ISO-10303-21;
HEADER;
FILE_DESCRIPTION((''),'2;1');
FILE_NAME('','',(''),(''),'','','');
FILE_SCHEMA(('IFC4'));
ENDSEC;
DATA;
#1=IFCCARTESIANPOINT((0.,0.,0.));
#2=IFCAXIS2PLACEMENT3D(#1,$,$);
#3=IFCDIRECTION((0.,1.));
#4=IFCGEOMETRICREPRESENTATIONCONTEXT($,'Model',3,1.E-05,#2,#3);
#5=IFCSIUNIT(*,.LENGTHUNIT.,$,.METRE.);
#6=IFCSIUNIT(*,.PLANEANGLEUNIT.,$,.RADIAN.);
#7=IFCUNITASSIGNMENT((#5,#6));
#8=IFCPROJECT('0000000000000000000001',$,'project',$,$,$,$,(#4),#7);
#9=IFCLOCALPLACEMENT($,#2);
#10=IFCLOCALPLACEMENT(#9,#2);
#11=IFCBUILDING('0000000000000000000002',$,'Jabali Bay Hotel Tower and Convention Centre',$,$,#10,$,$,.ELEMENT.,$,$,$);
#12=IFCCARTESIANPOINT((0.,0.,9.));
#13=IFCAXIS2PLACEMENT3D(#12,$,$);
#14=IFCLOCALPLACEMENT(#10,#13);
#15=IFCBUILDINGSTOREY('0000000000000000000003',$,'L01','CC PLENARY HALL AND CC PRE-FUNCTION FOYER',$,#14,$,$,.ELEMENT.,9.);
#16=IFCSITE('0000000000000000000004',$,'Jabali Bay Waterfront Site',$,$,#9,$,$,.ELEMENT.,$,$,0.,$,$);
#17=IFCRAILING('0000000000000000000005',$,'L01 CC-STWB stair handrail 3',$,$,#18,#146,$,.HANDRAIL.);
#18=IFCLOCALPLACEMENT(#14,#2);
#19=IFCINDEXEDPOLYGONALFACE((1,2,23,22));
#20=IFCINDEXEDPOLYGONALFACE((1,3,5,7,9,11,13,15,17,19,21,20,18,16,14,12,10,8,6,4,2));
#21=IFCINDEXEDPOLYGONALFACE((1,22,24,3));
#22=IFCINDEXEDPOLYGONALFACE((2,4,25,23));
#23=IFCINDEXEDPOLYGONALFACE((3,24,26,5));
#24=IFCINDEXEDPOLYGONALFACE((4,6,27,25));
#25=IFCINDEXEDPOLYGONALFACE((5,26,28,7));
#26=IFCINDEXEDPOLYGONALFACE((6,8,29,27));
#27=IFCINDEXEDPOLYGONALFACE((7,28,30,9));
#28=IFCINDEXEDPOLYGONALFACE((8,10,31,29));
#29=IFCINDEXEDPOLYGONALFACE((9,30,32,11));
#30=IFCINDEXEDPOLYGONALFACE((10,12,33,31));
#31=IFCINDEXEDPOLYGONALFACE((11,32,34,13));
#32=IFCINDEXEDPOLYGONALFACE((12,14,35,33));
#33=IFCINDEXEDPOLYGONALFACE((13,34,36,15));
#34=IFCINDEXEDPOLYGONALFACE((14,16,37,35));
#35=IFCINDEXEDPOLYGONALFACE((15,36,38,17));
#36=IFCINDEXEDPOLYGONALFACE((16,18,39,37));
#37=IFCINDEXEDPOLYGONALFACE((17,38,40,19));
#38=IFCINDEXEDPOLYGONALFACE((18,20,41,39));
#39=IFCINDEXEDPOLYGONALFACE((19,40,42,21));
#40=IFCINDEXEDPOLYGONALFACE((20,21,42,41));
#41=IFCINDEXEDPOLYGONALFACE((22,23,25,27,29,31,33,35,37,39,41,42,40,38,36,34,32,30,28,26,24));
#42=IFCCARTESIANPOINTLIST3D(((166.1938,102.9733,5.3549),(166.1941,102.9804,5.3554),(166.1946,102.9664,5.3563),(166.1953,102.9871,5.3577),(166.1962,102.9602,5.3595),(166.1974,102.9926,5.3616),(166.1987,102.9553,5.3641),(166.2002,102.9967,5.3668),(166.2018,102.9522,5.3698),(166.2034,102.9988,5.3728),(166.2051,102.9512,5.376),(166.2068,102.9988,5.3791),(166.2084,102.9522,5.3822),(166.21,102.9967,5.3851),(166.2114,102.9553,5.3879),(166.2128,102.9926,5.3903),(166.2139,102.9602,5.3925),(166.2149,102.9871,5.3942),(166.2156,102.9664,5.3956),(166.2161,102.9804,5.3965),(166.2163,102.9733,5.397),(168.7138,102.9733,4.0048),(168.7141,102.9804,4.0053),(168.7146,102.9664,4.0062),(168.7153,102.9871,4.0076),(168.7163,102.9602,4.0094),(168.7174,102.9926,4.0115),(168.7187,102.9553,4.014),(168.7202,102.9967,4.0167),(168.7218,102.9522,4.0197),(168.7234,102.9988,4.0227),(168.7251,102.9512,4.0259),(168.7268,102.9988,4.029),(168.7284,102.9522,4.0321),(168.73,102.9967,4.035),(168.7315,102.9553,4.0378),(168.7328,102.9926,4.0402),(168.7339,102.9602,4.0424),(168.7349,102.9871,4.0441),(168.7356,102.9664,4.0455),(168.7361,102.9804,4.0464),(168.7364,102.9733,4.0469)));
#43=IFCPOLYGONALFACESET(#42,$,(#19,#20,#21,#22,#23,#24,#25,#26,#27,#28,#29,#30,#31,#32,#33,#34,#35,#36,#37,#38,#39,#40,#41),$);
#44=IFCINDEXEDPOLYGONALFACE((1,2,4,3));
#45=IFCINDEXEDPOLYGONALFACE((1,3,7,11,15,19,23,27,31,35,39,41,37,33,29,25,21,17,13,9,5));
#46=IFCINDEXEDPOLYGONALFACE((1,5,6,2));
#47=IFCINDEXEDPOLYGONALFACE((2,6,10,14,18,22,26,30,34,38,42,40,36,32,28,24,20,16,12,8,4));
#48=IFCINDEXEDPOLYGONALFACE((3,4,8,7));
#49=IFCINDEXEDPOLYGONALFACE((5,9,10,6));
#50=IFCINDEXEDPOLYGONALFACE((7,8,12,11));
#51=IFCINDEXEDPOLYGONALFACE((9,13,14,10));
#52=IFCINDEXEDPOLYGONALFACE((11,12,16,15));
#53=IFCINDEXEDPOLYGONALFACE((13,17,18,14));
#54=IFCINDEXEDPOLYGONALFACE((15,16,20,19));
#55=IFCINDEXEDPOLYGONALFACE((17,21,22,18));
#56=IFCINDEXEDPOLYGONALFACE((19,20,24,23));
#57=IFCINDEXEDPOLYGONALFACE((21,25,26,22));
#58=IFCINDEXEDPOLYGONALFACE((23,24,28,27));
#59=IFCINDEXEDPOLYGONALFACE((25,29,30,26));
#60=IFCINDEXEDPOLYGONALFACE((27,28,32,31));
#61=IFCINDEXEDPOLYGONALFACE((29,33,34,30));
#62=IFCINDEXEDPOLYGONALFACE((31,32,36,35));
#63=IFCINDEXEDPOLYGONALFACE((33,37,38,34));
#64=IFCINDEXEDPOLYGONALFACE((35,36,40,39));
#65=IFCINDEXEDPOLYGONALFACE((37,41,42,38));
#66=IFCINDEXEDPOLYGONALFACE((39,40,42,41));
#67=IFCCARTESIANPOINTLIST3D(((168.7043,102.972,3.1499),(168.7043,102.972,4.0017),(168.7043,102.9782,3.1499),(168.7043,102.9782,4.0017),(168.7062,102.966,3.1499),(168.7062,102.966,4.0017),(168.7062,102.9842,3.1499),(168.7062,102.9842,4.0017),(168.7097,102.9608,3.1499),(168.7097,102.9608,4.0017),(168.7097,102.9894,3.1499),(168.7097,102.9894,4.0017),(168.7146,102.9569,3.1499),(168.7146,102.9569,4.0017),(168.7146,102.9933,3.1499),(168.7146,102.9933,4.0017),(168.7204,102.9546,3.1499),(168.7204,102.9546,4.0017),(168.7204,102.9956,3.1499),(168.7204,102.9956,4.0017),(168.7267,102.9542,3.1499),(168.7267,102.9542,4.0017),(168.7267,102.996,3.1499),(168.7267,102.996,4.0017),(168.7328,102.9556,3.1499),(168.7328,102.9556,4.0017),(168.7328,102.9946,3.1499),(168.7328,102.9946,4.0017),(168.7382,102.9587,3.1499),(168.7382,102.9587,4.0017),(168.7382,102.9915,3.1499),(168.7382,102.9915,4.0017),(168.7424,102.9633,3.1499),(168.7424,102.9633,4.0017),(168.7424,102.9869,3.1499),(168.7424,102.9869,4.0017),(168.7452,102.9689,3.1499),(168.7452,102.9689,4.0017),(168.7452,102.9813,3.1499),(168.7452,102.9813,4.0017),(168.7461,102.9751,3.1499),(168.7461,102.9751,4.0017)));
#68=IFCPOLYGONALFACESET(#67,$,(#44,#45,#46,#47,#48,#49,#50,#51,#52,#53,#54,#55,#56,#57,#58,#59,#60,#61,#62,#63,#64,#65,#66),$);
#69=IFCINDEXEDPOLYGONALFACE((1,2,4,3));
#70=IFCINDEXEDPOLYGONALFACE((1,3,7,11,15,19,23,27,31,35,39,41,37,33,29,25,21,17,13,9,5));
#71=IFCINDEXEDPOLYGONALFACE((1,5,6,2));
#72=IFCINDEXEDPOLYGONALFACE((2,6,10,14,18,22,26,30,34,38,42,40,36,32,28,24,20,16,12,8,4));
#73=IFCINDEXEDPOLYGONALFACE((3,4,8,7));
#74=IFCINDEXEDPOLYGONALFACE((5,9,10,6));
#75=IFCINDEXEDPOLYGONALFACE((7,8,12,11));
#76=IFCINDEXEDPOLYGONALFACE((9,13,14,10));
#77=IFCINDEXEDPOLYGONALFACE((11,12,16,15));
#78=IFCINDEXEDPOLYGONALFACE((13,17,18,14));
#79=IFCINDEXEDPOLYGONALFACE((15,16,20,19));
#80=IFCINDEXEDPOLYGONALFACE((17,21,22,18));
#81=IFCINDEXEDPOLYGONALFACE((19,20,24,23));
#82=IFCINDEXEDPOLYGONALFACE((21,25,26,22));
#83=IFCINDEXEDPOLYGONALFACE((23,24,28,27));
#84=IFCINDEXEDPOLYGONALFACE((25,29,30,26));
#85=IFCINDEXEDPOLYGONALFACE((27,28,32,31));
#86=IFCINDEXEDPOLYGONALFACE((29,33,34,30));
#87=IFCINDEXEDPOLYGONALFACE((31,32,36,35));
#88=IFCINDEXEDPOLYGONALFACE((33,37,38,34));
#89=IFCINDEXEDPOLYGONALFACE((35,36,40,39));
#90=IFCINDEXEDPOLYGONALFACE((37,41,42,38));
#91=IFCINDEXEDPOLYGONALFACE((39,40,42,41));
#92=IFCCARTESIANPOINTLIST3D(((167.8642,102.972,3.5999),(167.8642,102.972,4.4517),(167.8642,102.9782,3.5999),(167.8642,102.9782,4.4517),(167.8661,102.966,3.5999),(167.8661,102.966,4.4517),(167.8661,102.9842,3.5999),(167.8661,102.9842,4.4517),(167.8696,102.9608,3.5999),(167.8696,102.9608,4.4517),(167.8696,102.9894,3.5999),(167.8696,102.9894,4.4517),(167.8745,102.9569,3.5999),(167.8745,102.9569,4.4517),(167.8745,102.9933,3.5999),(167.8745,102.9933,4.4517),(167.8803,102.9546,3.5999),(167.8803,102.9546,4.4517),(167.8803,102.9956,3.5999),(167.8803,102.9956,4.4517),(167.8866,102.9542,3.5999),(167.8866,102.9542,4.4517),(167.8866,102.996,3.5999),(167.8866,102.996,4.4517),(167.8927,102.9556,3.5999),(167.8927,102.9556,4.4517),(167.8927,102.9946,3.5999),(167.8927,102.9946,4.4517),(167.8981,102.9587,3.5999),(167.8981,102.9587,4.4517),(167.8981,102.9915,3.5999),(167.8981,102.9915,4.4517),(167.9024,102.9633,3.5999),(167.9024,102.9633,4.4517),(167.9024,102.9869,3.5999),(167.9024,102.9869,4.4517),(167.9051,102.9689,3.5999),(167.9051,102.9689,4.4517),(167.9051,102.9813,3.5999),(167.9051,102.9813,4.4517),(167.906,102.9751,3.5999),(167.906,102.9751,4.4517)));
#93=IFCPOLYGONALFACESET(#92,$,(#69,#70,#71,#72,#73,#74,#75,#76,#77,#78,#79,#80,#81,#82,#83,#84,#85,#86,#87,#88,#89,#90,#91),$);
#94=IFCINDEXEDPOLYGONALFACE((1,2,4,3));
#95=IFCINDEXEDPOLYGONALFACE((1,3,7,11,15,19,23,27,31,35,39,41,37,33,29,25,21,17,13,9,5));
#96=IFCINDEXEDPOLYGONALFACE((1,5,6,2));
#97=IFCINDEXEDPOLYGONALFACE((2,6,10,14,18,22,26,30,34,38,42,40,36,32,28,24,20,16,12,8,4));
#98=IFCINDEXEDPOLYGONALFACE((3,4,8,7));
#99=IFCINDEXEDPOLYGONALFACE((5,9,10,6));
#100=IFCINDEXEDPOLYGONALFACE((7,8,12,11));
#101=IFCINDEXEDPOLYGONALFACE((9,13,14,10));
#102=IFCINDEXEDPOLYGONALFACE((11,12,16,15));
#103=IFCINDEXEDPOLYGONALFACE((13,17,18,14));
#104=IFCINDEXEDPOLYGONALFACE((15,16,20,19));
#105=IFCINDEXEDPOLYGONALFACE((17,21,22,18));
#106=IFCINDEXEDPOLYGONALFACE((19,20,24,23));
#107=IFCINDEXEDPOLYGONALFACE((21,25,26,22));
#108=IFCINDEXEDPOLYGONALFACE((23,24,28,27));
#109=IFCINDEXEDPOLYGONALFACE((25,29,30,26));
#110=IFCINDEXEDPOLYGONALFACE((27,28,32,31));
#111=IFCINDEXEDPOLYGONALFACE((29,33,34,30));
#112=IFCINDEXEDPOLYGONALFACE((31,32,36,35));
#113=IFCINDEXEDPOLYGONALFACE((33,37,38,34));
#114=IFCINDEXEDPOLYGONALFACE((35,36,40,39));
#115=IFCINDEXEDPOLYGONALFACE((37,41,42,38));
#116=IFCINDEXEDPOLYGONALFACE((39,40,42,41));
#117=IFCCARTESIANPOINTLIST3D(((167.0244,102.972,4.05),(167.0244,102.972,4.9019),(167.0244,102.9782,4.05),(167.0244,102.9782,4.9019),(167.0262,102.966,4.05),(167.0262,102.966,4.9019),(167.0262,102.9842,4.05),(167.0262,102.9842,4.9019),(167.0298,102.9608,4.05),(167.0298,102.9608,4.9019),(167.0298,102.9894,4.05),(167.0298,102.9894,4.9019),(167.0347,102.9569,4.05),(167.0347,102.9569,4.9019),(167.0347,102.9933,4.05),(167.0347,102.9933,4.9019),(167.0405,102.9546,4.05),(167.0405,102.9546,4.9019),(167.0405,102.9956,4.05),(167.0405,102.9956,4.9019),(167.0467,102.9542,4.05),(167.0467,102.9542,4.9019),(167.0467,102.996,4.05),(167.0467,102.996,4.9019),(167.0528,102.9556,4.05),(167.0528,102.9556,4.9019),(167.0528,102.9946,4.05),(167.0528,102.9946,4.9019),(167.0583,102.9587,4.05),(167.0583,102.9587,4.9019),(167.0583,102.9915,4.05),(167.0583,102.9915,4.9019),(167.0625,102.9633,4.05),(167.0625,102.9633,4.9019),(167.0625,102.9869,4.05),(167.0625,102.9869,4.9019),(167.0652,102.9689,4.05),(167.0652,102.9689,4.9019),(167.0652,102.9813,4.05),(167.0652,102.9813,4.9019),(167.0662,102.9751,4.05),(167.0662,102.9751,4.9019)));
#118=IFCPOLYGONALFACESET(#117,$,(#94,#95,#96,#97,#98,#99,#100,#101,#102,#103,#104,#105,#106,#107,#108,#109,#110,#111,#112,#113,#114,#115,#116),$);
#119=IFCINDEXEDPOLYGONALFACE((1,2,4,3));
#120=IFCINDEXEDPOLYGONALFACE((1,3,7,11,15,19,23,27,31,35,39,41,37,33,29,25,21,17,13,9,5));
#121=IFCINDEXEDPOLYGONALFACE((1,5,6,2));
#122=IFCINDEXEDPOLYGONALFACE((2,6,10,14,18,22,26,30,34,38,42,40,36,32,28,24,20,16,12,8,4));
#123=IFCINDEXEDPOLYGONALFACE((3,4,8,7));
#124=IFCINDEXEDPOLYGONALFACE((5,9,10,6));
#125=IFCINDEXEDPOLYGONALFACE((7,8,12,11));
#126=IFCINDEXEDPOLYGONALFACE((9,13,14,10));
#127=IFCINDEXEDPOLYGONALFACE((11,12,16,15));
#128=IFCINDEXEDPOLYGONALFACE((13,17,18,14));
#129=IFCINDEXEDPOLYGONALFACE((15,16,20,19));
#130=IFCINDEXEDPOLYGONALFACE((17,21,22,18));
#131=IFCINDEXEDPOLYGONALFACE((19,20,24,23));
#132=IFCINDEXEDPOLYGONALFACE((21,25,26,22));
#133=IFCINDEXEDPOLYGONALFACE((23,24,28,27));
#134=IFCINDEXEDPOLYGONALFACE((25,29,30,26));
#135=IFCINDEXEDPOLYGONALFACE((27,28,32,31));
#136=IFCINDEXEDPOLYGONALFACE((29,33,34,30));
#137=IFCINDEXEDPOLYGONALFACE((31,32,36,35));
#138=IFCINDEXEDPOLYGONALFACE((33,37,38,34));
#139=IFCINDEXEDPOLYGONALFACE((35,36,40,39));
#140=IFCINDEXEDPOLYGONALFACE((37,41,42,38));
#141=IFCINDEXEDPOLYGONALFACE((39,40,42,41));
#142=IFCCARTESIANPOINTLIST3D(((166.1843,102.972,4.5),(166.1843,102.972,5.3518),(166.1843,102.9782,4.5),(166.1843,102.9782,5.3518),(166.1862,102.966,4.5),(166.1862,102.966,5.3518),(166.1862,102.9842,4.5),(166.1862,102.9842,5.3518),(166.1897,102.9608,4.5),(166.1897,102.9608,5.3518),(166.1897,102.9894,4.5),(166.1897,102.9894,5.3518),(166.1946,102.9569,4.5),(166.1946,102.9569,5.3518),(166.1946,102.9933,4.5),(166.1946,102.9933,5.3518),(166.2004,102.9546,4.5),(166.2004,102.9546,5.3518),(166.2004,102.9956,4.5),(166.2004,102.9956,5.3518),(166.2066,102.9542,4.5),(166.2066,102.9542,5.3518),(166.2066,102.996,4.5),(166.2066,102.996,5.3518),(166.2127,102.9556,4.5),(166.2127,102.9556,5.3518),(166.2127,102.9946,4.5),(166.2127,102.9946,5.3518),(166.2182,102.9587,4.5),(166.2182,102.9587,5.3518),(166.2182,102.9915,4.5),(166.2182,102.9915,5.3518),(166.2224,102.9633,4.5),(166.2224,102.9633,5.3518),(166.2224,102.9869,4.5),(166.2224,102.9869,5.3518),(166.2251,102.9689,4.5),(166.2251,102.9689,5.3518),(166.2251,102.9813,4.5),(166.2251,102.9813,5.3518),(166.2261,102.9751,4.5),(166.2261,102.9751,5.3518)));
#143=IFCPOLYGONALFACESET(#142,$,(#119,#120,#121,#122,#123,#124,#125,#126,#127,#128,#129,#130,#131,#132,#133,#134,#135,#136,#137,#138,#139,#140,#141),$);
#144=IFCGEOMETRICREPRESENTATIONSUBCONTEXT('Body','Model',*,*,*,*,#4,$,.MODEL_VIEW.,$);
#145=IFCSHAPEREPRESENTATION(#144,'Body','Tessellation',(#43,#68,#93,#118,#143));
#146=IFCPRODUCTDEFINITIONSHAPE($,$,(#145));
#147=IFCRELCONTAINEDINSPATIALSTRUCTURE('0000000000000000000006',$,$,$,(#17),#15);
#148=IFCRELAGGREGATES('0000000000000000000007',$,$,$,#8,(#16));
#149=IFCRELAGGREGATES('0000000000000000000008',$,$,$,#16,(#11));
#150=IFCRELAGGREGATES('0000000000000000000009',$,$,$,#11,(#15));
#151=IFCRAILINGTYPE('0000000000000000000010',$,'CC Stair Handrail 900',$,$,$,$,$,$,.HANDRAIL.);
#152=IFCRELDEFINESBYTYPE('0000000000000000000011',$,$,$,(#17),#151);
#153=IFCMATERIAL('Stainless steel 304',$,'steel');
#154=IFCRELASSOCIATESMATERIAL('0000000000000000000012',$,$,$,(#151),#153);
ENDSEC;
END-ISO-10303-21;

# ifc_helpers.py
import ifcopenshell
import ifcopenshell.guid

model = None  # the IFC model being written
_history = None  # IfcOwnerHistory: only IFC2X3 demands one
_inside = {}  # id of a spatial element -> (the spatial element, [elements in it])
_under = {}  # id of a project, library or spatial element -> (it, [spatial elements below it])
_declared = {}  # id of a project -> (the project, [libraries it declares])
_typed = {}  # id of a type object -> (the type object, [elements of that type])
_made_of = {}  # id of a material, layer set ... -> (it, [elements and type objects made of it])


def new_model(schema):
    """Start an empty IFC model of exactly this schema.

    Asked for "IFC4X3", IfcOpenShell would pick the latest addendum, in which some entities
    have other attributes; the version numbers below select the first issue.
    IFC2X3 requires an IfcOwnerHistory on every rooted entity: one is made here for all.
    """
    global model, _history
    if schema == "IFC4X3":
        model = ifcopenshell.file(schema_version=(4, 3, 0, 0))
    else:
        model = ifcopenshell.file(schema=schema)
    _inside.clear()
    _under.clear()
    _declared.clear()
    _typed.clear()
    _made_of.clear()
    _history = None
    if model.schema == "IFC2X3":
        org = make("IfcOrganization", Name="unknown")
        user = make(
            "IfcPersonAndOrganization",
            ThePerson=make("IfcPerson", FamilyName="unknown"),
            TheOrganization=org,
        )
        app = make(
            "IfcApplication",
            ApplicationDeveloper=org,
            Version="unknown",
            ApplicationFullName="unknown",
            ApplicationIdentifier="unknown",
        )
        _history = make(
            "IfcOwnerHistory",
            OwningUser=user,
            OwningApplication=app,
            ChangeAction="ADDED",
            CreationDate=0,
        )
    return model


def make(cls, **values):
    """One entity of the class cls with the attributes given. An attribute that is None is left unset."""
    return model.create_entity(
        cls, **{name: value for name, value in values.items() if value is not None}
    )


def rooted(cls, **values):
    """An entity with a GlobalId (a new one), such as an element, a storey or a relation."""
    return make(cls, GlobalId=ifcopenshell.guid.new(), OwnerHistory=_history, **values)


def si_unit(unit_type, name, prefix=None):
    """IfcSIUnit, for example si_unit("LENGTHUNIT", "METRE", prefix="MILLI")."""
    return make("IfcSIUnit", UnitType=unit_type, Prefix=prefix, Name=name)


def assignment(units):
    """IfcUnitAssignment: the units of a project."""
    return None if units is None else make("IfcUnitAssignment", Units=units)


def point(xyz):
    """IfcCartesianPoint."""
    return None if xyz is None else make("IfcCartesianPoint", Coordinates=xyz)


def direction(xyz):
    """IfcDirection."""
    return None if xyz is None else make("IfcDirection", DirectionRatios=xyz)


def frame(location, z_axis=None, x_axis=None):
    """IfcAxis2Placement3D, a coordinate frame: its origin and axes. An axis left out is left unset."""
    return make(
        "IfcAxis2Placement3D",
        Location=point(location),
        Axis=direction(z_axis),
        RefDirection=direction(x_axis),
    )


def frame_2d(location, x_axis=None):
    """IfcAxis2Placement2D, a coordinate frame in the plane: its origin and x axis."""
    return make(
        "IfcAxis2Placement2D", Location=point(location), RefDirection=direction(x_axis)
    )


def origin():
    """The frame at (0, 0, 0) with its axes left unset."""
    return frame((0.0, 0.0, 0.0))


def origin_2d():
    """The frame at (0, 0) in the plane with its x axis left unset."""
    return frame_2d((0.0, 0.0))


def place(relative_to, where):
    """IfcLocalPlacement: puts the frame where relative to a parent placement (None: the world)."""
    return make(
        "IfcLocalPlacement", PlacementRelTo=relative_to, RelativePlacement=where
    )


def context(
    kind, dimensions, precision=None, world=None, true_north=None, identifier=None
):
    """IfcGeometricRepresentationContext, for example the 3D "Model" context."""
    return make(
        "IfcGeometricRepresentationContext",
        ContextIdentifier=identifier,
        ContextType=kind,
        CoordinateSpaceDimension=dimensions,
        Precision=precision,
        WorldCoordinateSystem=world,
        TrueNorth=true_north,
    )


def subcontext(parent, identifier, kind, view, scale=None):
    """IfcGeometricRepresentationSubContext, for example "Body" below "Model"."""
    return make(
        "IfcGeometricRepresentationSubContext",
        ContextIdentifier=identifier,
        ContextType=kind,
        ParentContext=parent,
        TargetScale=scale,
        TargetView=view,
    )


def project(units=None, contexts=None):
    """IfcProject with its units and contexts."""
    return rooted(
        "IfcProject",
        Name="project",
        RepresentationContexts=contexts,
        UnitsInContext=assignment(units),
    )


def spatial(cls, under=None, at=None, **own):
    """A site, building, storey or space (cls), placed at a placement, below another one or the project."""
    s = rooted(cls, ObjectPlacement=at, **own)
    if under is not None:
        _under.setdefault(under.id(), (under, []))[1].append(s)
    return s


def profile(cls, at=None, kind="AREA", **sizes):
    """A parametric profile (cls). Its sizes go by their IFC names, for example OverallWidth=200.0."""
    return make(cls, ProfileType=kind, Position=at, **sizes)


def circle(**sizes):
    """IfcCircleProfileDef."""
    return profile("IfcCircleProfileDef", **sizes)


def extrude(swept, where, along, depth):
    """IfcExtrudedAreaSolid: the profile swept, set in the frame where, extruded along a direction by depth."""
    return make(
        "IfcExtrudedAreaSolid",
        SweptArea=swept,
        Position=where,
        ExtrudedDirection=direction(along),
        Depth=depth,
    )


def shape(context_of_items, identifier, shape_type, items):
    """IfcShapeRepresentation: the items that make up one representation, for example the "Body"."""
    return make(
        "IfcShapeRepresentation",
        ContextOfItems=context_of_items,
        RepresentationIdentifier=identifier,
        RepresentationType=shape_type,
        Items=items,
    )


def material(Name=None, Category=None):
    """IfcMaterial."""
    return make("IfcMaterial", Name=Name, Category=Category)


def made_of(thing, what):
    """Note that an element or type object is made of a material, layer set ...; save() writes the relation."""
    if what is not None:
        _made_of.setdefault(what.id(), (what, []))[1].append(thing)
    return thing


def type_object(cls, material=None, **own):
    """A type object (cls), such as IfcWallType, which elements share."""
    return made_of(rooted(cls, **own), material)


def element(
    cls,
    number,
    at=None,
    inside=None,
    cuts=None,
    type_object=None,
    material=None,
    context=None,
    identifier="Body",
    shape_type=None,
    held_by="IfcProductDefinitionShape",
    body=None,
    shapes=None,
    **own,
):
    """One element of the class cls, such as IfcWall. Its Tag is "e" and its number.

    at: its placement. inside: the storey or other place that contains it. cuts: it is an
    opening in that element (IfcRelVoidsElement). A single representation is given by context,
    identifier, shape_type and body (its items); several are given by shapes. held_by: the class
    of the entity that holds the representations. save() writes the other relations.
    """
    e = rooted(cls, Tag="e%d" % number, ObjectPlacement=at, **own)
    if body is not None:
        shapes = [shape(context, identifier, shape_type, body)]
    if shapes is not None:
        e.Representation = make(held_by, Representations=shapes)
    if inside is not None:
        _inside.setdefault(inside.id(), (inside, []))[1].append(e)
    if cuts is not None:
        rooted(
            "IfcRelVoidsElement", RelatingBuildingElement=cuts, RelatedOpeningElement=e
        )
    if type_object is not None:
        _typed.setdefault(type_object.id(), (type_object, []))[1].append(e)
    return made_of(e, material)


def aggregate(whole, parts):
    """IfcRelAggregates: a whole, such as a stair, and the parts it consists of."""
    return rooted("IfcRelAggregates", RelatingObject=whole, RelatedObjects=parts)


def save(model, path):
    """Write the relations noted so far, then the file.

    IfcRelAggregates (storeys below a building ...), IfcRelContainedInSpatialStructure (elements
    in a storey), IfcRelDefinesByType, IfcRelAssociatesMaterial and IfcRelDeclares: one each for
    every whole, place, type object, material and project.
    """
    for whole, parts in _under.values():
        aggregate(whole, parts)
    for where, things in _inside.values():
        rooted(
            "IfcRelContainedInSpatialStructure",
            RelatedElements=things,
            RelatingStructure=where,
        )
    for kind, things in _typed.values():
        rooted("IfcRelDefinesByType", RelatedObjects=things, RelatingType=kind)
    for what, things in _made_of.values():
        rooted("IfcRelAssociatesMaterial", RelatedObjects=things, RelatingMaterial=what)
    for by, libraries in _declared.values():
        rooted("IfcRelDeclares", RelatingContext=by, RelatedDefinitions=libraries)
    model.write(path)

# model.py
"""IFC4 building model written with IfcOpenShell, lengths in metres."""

from ifc_helpers import new_model, si_unit, direction, frame, origin, origin_2d, place, context, subcontext, project, spatial, circle, extrude, material, type_object, element, save


model = new_model("IFC4")

# Units and contexts
model_context = context("Model", 3, precision=1e-05, world=origin(), true_north=direction((0.0, 1.0)))
body_context = subcontext(model_context, "Body", "Model", "MODEL_VIEW")
ifc_project = project(units=[si_unit("LENGTHUNIT", "METRE"), si_unit("PLANEANGLEUNIT", "RADIAN")], contexts=[model_context])

# Site, building, storey
site_placement = place(None, origin())
site = spatial("IfcSite", under=ifc_project, at=site_placement, Name="Jabali Bay Waterfront Site", CompositionType="ELEMENT", RefElevation=0.0)
building_placement = place(site_placement, origin())
building = spatial("IfcBuilding", under=site, at=building_placement, Name="Jabali Bay Hotel Tower and Convention Centre", CompositionType="ELEMENT")
storey_placement = place(building_placement, frame((0.0, 0.0, 9.0)))
storey = spatial("IfcBuildingStorey", under=building, at=storey_placement, Name="L01", Description="CC PLENARY HALL AND CC PRE-FUNCTION FOYER", CompositionType="ELEMENT", Elevation=9.0)

# Railing
ifc_material_1 = material(Name="Stainless steel 304", Category="steel")
railing_type_1 = type_object("IfcRailingType", Name="CC Stair Handrail 900", PredefinedType="HANDRAIL", material=ifc_material_1)
for number, where, name in (
    (1, (168.7251, 102.9751, 3.1499), "L01 CC-STWB stair handrail 3"),
):
    element("IfcRailing", number, at=place(storey_placement, frame(where)), inside=storey, type_object=railing_type_1, Name=name, PredefinedType="HANDRAIL", context=body_context, shape_type="SweptSolid", body=[
        extrude(circle(Radius=0.0239, at=origin_2d()), frame((0.0, 0.0, 0.876), z_axis=(-0.881467, 0.0, 0.472245), x_axis=(0.0, -1.0, 0.0)), (0.0, 0.0, 1.0), 2.8589),
        extrude(circle(Radius=0.021, at=origin_2d()), origin(), (0.0, 0.0, 1.0), 0.8518),
        extrude(circle(Radius=0.021, at=origin_2d()), frame((-0.8401, 0.0, 0.45)), (0.0, 0.0, 1.0), 0.8518),
        extrude(circle(Radius=0.021, at=origin_2d()), frame((-1.6799, 0.0, 0.9001)), (0.0, 0.0, 1.0), 0.8518),
        extrude(circle(Radius=0.021, at=origin_2d()), frame((-2.52, 0.0, 1.3501)), (0.0, 0.0, 1.0), 0.8518),
    ])

save(model, "model.ifc")
